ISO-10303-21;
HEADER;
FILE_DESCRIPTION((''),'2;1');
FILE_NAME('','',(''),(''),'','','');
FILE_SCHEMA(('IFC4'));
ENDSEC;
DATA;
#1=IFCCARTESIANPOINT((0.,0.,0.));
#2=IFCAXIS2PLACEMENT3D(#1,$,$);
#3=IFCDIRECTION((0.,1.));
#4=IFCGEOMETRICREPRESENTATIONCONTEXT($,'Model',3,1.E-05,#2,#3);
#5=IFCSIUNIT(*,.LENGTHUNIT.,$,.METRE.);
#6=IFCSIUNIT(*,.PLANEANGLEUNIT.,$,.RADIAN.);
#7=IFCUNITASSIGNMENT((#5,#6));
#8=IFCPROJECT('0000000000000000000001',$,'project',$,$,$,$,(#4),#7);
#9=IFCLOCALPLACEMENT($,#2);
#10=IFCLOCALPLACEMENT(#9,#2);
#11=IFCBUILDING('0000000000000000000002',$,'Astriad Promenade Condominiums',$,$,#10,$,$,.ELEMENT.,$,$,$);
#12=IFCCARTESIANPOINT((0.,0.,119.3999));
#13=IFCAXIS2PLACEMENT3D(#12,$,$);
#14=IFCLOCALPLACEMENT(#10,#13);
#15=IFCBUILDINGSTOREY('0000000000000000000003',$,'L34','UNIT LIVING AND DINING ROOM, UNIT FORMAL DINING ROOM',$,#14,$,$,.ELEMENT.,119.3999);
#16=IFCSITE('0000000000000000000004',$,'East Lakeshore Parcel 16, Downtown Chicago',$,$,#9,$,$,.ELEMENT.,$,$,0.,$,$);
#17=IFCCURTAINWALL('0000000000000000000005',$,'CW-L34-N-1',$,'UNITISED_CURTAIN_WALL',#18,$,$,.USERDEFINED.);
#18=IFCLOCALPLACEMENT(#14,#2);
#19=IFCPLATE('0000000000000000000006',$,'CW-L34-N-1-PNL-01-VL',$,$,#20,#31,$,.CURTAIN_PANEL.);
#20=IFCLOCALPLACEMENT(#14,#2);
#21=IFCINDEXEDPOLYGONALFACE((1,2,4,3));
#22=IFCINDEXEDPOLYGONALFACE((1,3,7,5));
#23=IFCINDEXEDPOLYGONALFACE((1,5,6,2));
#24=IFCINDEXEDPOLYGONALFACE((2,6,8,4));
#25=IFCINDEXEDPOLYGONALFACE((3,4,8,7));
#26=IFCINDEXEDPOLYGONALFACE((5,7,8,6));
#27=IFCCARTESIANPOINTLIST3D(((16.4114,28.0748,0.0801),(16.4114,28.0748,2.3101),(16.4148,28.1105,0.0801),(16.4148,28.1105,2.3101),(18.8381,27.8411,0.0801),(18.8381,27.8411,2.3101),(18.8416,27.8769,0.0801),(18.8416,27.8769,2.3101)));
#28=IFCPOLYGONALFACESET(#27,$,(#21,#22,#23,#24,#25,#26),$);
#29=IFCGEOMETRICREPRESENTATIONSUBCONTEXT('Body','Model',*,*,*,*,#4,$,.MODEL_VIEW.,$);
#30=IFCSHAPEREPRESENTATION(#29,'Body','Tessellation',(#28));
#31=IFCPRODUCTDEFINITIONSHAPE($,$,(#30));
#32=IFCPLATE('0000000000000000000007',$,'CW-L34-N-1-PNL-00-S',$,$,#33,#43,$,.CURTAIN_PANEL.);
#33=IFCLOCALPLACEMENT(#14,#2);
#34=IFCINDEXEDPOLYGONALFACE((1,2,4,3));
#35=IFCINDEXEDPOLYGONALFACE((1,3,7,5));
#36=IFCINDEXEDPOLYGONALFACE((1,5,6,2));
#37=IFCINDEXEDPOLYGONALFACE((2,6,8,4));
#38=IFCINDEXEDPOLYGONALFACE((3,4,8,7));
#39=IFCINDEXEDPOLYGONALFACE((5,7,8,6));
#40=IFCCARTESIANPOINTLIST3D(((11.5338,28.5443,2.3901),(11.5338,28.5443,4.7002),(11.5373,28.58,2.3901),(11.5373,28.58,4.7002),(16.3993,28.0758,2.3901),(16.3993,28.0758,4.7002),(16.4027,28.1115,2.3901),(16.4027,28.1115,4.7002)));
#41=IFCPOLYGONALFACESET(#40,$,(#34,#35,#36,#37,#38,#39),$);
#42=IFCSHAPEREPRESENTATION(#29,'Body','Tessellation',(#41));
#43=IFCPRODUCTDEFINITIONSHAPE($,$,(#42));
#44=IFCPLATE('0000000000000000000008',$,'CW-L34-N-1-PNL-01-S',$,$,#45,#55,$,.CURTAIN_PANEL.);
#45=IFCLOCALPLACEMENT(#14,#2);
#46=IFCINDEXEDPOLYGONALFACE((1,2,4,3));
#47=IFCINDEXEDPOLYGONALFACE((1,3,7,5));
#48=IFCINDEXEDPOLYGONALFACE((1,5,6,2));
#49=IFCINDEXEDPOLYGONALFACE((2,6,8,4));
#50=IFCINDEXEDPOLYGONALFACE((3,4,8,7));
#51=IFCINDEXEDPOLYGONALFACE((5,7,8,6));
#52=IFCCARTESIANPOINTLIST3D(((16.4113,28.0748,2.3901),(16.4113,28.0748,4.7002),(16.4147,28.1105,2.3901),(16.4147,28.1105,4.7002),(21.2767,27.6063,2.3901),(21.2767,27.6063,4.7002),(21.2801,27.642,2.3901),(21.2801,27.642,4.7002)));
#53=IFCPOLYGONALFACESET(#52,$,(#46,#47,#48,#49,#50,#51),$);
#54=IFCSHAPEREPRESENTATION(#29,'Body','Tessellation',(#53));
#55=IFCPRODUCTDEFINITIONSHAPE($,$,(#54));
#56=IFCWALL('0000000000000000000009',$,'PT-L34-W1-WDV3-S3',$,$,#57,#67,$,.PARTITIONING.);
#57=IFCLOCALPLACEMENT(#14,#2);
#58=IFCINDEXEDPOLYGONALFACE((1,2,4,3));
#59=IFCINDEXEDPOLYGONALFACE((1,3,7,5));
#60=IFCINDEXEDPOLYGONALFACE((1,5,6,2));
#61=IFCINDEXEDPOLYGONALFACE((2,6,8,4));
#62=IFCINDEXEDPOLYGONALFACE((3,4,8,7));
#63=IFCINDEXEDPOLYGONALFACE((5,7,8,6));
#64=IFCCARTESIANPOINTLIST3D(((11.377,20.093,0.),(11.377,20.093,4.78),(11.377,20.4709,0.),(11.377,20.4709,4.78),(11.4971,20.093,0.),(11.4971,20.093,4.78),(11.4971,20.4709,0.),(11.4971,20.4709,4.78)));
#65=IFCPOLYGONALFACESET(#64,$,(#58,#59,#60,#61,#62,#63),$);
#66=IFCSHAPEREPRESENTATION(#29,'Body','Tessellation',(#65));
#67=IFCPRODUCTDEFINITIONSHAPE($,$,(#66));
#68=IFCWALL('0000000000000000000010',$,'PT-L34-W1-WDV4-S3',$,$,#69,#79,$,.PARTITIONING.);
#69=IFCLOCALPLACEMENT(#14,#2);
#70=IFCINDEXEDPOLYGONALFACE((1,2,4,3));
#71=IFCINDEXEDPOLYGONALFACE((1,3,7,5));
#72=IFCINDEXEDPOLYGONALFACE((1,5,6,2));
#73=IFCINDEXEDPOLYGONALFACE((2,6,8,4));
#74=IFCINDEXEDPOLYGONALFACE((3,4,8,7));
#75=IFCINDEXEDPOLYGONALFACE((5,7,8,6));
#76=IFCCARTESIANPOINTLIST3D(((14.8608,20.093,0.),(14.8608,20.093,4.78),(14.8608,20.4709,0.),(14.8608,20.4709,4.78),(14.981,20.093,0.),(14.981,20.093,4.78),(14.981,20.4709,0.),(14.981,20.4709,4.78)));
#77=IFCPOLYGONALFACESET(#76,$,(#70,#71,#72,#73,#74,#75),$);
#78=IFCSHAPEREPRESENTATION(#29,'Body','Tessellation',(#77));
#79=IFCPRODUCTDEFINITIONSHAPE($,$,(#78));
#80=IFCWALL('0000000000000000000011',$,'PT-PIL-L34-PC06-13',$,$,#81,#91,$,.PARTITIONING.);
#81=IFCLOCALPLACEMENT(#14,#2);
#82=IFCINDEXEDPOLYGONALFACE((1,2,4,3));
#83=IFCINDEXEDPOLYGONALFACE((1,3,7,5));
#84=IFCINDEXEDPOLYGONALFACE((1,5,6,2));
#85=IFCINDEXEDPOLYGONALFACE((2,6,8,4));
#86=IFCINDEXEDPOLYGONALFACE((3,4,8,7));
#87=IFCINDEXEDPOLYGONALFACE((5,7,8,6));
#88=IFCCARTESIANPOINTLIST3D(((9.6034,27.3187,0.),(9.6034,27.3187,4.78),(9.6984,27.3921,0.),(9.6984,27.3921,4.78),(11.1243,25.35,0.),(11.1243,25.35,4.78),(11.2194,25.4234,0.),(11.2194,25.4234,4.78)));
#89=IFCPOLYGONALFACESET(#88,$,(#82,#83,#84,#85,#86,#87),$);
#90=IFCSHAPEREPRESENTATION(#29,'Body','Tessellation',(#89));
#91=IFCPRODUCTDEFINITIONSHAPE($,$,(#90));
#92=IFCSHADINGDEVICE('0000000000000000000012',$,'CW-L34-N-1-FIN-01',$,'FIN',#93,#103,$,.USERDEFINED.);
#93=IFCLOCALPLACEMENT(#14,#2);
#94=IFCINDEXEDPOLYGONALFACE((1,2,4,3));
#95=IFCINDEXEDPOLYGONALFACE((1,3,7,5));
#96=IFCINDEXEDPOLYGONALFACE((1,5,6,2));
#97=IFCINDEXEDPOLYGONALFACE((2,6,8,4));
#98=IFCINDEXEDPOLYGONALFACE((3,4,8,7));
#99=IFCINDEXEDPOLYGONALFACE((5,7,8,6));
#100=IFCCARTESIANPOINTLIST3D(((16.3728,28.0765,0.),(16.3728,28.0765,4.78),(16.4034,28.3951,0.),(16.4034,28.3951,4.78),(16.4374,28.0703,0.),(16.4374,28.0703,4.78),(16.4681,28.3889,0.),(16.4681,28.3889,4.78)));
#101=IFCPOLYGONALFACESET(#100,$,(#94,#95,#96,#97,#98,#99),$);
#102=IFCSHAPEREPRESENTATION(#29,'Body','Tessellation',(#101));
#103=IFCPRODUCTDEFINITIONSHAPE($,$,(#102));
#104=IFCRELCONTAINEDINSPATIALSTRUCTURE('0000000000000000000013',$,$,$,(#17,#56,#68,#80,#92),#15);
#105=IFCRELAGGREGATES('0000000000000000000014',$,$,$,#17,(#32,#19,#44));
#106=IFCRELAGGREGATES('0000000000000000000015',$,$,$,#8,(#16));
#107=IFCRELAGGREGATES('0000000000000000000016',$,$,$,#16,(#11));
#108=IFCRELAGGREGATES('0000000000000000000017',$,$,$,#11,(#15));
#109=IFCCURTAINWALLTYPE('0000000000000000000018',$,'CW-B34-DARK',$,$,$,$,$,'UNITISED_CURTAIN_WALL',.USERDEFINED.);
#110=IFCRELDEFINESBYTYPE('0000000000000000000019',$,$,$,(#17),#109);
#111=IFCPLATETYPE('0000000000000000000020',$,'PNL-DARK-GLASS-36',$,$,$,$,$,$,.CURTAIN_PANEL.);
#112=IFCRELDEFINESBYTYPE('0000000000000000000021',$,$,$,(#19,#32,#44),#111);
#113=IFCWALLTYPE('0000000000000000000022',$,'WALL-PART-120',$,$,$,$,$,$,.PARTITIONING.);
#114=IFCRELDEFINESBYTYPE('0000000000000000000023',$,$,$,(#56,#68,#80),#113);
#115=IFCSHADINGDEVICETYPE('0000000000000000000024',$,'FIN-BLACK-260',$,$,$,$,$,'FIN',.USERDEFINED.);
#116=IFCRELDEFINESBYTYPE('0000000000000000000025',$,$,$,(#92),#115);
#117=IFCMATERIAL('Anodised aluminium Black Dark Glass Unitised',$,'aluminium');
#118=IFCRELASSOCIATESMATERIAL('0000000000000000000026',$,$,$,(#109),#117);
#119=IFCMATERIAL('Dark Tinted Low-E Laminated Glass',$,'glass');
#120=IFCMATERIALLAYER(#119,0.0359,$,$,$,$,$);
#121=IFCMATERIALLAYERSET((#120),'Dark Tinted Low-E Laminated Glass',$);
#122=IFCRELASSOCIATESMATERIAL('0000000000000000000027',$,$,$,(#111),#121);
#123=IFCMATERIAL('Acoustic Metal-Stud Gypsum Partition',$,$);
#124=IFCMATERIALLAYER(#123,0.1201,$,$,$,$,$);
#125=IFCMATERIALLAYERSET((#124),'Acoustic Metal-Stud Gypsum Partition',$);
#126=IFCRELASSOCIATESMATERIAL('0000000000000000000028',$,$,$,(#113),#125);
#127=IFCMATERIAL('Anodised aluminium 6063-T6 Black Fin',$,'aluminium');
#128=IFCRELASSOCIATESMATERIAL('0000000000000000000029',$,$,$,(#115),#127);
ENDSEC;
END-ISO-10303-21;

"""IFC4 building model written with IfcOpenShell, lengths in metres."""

from ifc_helpers import new_model, si_unit, direction, frame, frame_2d, origin, origin_2d, place, context, subcontext, project, spatial, rectangle, extrude, source, transform, mapped, material, layer, layer_set, type_object, type_shapes, element, aggregate, save


model = new_model("IFC4")

# Units and contexts
model_context = context("Model", 3, precision=1e-05, world=origin(), true_north=direction((0.0, 1.0)))
body_context = subcontext(model_context, "Body", "Model", "MODEL_VIEW")
ifc_project = project(units=[si_unit("LENGTHUNIT", "METRE"), si_unit("PLANEANGLEUNIT", "RADIAN")], contexts=[model_context])

# Site, building, storey
site_placement = place(None, origin())
site = spatial("IfcSite", under=ifc_project, at=site_placement, Name="East Lakeshore Parcel 16, Downtown Chicago", CompositionType="ELEMENT", RefElevation=0.0)
building_placement = place(site_placement, origin())
building = spatial("IfcBuilding", under=site, at=building_placement, Name="Astriad Promenade Condominiums", CompositionType="ELEMENT")
storey_placement = place(building_placement, frame((0.0, 0.0, 119.3999)))
storey = spatial("IfcBuildingStorey", under=building, at=storey_placement, Name="L34", Description="UNIT LIVING AND DINING ROOM, UNIT FORMAL DINING ROOM", CompositionType="ELEMENT", Elevation=119.3999)

# Curtain wall
ifc_material_1 = material(Name="Anodised aluminium Black Dark Glass Unitised", Category="aluminium")
curtain_wall_type = type_object("IfcCurtainWallType", Name="CW-B34-DARK", ElementType="UNITISED_CURTAIN_WALL", PredefinedType="USERDEFINED", material=ifc_material_1)
curtain_wall_placement = place(storey_placement, origin())
curtain_wall = element("IfcCurtainWall", 1, at=curtain_wall_placement, inside=storey, type_object=curtain_wall_type, Name="CW-L34-N-1", ObjectType="UNITISED_CURTAIN_WALL", PredefinedType="USERDEFINED")

# Plates
ifc_material_2 = material(Name="Dark Tinted Low-E Laminated Glass", Category="glass")
ifc_layer_1 = layer(ifc_material_2, 0.0359)
ifc_layer_set_1 = layer_set([ifc_layer_1], Name="Dark Tinted Low-E Laminated Glass")
plate_type_1 = type_object("IfcPlateType", Name="PNL-DARK-GLASS-36", PredefinedType="CURTAIN_PANEL", material=ifc_layer_set_1)
shared_shape_1 = source(origin(), body_context, "Body", "SweptSolid", [
    extrude(rectangle(XDim=2.438, YDim=0.0359, at=origin_2d()), origin(), (0.0, 0.0, 1.0), 2.23),
])
plate_1_placement = place(storey_placement, frame((17.6265, 27.9758, 0.0801), z_axis=(0.0, 0.0, 1.0), x_axis=(0.995396, -0.095846, 0.0)))
plate_1 = element("IfcPlate", 2, at=plate_1_placement, type_object=plate_type_1, Name="CW-L34-N-1-PNL-01-VL", PredefinedType="CURTAIN_PANEL", context=body_context, shape_type="MappedRepresentation", body=[
    mapped(shared_shape_1, transform((0.0, 0.0, 0.0), scale=1.0)),
])
shared_shape_2 = source(origin(), body_context, "Body", "SweptSolid", [
    extrude(rectangle(XDim=4.8879, YDim=0.0359, at=origin_2d()), origin(), (0.0, 0.0, 1.0), 2.3101),
])
type_shapes(plate_type_1, [shared_shape_1, shared_shape_2])
plate_2_placement = place(storey_placement, frame((13.9683, 28.3279, 2.3901), z_axis=(0.0, 0.0, 1.0), x_axis=(0.995396, -0.095846, 0.0)))
plate_2 = element("IfcPlate", 3, at=plate_2_placement, type_object=plate_type_1, Name="CW-L34-N-1-PNL-00-S", PredefinedType="CURTAIN_PANEL", context=body_context, shape_type="MappedRepresentation", body=[
    mapped(shared_shape_2, transform((0.0, 0.0, 0.0), scale=1.0)),
])
plate_3_placement = place(storey_placement, frame((18.8457, 27.8584, 2.3901), z_axis=(0.0, 0.0, 1.0), x_axis=(0.995396, -0.095846, 0.0)))
plate_3 = element("IfcPlate", 4, at=plate_3_placement, type_object=plate_type_1, Name="CW-L34-N-1-PNL-01-S", PredefinedType="CURTAIN_PANEL", context=body_context, shape_type="MappedRepresentation", body=[
    mapped(shared_shape_2, transform((0.0, 0.0, 0.0), scale=1.0)),
])
aggregate(curtain_wall, [plate_2, plate_1, plate_3])

# Walls
ifc_material_3 = material(Name="Acoustic Metal-Stud Gypsum Partition")
ifc_layer_2 = layer(ifc_material_3, 0.1201)
ifc_layer_set_2 = layer_set([ifc_layer_2], Name="Acoustic Metal-Stud Gypsum Partition")
wall_type = type_object("IfcWallType", Name="WALL-PART-120", PredefinedType="PARTITIONING", material=ifc_layer_set_2)
for number, where, z_axis, x_axis, name in (
    (5, (11.437, 20.093, 0.0), (0.0, 0.0, 1.0), (0.0, 1.0, 0.0), "PT-L34-W1-WDV3-S3"),
    (6, (14.9209, 20.093, 0.0), (0.0, 0.0, 1.0), (0.0, 1.0, 0.0), "PT-L34-W1-WDV4-S3"),
):
    element("IfcWall", number, at=place(storey_placement, frame(where, z_axis=z_axis, x_axis=x_axis)), inside=storey, type_object=wall_type, Name=name, PredefinedType="PARTITIONING", context=body_context, shape_type="SweptSolid", body=[
        extrude(rectangle(XDim=0.3779, YDim=0.1201, at=frame_2d((0.189, 0.0))), origin(), (0.0, 0.0, 1.0), 4.78),
    ])
wall_placement = place(storey_placement, frame((11.1719, 25.3867, 0.0), z_axis=(0.0, 0.0, 1.0), x_axis=(-0.611369, 0.791345, 0.0)))
element("IfcWall", 7, at=wall_placement, inside=storey, type_object=wall_type, Name="PT-PIL-L34-PC06-13", PredefinedType="PARTITIONING", context=body_context, shape_type="SweptSolid", body=[
    extrude(rectangle(XDim=2.4878, YDim=0.1201, at=frame_2d((1.2439, 0.0))), origin(), (0.0, 0.0, 1.0), 4.78),
])

# Shading device
ifc_material_4 = material(Name="Anodised aluminium 6063-T6 Black Fin", Category="aluminium")
shading_device_type = type_object("IfcShadingDeviceType", Name="FIN-BLACK-260", ElementType="FIN", PredefinedType="USERDEFINED", material=ifc_material_4)
shared_shape_3 = source(origin(), body_context, "Body", "SweptSolid", [
    extrude(rectangle(XDim=0.0649, YDim=0.3201, at=origin_2d()), origin(), (0.0, 0.0, 1.0), 4.78),
])
type_shapes(shading_device_type, [shared_shape_3])
shading_device_placement = place(storey_placement, frame((16.4204, 28.2327, 0.0), z_axis=(0.0, 0.0, 1.0), x_axis=(0.995396, -0.095846, 0.0)))
element("IfcShadingDevice", 8, at=shading_device_placement, inside=storey, type_object=shading_device_type, Name="CW-L34-N-1-FIN-01", ObjectType="FIN", PredefinedType="USERDEFINED", context=body_context, shape_type="MappedRepresentation", body=[
    mapped(shared_shape_3, transform((0.0, 0.0, 0.0), scale=1.0)),
])

save(model, "model.ifc")
